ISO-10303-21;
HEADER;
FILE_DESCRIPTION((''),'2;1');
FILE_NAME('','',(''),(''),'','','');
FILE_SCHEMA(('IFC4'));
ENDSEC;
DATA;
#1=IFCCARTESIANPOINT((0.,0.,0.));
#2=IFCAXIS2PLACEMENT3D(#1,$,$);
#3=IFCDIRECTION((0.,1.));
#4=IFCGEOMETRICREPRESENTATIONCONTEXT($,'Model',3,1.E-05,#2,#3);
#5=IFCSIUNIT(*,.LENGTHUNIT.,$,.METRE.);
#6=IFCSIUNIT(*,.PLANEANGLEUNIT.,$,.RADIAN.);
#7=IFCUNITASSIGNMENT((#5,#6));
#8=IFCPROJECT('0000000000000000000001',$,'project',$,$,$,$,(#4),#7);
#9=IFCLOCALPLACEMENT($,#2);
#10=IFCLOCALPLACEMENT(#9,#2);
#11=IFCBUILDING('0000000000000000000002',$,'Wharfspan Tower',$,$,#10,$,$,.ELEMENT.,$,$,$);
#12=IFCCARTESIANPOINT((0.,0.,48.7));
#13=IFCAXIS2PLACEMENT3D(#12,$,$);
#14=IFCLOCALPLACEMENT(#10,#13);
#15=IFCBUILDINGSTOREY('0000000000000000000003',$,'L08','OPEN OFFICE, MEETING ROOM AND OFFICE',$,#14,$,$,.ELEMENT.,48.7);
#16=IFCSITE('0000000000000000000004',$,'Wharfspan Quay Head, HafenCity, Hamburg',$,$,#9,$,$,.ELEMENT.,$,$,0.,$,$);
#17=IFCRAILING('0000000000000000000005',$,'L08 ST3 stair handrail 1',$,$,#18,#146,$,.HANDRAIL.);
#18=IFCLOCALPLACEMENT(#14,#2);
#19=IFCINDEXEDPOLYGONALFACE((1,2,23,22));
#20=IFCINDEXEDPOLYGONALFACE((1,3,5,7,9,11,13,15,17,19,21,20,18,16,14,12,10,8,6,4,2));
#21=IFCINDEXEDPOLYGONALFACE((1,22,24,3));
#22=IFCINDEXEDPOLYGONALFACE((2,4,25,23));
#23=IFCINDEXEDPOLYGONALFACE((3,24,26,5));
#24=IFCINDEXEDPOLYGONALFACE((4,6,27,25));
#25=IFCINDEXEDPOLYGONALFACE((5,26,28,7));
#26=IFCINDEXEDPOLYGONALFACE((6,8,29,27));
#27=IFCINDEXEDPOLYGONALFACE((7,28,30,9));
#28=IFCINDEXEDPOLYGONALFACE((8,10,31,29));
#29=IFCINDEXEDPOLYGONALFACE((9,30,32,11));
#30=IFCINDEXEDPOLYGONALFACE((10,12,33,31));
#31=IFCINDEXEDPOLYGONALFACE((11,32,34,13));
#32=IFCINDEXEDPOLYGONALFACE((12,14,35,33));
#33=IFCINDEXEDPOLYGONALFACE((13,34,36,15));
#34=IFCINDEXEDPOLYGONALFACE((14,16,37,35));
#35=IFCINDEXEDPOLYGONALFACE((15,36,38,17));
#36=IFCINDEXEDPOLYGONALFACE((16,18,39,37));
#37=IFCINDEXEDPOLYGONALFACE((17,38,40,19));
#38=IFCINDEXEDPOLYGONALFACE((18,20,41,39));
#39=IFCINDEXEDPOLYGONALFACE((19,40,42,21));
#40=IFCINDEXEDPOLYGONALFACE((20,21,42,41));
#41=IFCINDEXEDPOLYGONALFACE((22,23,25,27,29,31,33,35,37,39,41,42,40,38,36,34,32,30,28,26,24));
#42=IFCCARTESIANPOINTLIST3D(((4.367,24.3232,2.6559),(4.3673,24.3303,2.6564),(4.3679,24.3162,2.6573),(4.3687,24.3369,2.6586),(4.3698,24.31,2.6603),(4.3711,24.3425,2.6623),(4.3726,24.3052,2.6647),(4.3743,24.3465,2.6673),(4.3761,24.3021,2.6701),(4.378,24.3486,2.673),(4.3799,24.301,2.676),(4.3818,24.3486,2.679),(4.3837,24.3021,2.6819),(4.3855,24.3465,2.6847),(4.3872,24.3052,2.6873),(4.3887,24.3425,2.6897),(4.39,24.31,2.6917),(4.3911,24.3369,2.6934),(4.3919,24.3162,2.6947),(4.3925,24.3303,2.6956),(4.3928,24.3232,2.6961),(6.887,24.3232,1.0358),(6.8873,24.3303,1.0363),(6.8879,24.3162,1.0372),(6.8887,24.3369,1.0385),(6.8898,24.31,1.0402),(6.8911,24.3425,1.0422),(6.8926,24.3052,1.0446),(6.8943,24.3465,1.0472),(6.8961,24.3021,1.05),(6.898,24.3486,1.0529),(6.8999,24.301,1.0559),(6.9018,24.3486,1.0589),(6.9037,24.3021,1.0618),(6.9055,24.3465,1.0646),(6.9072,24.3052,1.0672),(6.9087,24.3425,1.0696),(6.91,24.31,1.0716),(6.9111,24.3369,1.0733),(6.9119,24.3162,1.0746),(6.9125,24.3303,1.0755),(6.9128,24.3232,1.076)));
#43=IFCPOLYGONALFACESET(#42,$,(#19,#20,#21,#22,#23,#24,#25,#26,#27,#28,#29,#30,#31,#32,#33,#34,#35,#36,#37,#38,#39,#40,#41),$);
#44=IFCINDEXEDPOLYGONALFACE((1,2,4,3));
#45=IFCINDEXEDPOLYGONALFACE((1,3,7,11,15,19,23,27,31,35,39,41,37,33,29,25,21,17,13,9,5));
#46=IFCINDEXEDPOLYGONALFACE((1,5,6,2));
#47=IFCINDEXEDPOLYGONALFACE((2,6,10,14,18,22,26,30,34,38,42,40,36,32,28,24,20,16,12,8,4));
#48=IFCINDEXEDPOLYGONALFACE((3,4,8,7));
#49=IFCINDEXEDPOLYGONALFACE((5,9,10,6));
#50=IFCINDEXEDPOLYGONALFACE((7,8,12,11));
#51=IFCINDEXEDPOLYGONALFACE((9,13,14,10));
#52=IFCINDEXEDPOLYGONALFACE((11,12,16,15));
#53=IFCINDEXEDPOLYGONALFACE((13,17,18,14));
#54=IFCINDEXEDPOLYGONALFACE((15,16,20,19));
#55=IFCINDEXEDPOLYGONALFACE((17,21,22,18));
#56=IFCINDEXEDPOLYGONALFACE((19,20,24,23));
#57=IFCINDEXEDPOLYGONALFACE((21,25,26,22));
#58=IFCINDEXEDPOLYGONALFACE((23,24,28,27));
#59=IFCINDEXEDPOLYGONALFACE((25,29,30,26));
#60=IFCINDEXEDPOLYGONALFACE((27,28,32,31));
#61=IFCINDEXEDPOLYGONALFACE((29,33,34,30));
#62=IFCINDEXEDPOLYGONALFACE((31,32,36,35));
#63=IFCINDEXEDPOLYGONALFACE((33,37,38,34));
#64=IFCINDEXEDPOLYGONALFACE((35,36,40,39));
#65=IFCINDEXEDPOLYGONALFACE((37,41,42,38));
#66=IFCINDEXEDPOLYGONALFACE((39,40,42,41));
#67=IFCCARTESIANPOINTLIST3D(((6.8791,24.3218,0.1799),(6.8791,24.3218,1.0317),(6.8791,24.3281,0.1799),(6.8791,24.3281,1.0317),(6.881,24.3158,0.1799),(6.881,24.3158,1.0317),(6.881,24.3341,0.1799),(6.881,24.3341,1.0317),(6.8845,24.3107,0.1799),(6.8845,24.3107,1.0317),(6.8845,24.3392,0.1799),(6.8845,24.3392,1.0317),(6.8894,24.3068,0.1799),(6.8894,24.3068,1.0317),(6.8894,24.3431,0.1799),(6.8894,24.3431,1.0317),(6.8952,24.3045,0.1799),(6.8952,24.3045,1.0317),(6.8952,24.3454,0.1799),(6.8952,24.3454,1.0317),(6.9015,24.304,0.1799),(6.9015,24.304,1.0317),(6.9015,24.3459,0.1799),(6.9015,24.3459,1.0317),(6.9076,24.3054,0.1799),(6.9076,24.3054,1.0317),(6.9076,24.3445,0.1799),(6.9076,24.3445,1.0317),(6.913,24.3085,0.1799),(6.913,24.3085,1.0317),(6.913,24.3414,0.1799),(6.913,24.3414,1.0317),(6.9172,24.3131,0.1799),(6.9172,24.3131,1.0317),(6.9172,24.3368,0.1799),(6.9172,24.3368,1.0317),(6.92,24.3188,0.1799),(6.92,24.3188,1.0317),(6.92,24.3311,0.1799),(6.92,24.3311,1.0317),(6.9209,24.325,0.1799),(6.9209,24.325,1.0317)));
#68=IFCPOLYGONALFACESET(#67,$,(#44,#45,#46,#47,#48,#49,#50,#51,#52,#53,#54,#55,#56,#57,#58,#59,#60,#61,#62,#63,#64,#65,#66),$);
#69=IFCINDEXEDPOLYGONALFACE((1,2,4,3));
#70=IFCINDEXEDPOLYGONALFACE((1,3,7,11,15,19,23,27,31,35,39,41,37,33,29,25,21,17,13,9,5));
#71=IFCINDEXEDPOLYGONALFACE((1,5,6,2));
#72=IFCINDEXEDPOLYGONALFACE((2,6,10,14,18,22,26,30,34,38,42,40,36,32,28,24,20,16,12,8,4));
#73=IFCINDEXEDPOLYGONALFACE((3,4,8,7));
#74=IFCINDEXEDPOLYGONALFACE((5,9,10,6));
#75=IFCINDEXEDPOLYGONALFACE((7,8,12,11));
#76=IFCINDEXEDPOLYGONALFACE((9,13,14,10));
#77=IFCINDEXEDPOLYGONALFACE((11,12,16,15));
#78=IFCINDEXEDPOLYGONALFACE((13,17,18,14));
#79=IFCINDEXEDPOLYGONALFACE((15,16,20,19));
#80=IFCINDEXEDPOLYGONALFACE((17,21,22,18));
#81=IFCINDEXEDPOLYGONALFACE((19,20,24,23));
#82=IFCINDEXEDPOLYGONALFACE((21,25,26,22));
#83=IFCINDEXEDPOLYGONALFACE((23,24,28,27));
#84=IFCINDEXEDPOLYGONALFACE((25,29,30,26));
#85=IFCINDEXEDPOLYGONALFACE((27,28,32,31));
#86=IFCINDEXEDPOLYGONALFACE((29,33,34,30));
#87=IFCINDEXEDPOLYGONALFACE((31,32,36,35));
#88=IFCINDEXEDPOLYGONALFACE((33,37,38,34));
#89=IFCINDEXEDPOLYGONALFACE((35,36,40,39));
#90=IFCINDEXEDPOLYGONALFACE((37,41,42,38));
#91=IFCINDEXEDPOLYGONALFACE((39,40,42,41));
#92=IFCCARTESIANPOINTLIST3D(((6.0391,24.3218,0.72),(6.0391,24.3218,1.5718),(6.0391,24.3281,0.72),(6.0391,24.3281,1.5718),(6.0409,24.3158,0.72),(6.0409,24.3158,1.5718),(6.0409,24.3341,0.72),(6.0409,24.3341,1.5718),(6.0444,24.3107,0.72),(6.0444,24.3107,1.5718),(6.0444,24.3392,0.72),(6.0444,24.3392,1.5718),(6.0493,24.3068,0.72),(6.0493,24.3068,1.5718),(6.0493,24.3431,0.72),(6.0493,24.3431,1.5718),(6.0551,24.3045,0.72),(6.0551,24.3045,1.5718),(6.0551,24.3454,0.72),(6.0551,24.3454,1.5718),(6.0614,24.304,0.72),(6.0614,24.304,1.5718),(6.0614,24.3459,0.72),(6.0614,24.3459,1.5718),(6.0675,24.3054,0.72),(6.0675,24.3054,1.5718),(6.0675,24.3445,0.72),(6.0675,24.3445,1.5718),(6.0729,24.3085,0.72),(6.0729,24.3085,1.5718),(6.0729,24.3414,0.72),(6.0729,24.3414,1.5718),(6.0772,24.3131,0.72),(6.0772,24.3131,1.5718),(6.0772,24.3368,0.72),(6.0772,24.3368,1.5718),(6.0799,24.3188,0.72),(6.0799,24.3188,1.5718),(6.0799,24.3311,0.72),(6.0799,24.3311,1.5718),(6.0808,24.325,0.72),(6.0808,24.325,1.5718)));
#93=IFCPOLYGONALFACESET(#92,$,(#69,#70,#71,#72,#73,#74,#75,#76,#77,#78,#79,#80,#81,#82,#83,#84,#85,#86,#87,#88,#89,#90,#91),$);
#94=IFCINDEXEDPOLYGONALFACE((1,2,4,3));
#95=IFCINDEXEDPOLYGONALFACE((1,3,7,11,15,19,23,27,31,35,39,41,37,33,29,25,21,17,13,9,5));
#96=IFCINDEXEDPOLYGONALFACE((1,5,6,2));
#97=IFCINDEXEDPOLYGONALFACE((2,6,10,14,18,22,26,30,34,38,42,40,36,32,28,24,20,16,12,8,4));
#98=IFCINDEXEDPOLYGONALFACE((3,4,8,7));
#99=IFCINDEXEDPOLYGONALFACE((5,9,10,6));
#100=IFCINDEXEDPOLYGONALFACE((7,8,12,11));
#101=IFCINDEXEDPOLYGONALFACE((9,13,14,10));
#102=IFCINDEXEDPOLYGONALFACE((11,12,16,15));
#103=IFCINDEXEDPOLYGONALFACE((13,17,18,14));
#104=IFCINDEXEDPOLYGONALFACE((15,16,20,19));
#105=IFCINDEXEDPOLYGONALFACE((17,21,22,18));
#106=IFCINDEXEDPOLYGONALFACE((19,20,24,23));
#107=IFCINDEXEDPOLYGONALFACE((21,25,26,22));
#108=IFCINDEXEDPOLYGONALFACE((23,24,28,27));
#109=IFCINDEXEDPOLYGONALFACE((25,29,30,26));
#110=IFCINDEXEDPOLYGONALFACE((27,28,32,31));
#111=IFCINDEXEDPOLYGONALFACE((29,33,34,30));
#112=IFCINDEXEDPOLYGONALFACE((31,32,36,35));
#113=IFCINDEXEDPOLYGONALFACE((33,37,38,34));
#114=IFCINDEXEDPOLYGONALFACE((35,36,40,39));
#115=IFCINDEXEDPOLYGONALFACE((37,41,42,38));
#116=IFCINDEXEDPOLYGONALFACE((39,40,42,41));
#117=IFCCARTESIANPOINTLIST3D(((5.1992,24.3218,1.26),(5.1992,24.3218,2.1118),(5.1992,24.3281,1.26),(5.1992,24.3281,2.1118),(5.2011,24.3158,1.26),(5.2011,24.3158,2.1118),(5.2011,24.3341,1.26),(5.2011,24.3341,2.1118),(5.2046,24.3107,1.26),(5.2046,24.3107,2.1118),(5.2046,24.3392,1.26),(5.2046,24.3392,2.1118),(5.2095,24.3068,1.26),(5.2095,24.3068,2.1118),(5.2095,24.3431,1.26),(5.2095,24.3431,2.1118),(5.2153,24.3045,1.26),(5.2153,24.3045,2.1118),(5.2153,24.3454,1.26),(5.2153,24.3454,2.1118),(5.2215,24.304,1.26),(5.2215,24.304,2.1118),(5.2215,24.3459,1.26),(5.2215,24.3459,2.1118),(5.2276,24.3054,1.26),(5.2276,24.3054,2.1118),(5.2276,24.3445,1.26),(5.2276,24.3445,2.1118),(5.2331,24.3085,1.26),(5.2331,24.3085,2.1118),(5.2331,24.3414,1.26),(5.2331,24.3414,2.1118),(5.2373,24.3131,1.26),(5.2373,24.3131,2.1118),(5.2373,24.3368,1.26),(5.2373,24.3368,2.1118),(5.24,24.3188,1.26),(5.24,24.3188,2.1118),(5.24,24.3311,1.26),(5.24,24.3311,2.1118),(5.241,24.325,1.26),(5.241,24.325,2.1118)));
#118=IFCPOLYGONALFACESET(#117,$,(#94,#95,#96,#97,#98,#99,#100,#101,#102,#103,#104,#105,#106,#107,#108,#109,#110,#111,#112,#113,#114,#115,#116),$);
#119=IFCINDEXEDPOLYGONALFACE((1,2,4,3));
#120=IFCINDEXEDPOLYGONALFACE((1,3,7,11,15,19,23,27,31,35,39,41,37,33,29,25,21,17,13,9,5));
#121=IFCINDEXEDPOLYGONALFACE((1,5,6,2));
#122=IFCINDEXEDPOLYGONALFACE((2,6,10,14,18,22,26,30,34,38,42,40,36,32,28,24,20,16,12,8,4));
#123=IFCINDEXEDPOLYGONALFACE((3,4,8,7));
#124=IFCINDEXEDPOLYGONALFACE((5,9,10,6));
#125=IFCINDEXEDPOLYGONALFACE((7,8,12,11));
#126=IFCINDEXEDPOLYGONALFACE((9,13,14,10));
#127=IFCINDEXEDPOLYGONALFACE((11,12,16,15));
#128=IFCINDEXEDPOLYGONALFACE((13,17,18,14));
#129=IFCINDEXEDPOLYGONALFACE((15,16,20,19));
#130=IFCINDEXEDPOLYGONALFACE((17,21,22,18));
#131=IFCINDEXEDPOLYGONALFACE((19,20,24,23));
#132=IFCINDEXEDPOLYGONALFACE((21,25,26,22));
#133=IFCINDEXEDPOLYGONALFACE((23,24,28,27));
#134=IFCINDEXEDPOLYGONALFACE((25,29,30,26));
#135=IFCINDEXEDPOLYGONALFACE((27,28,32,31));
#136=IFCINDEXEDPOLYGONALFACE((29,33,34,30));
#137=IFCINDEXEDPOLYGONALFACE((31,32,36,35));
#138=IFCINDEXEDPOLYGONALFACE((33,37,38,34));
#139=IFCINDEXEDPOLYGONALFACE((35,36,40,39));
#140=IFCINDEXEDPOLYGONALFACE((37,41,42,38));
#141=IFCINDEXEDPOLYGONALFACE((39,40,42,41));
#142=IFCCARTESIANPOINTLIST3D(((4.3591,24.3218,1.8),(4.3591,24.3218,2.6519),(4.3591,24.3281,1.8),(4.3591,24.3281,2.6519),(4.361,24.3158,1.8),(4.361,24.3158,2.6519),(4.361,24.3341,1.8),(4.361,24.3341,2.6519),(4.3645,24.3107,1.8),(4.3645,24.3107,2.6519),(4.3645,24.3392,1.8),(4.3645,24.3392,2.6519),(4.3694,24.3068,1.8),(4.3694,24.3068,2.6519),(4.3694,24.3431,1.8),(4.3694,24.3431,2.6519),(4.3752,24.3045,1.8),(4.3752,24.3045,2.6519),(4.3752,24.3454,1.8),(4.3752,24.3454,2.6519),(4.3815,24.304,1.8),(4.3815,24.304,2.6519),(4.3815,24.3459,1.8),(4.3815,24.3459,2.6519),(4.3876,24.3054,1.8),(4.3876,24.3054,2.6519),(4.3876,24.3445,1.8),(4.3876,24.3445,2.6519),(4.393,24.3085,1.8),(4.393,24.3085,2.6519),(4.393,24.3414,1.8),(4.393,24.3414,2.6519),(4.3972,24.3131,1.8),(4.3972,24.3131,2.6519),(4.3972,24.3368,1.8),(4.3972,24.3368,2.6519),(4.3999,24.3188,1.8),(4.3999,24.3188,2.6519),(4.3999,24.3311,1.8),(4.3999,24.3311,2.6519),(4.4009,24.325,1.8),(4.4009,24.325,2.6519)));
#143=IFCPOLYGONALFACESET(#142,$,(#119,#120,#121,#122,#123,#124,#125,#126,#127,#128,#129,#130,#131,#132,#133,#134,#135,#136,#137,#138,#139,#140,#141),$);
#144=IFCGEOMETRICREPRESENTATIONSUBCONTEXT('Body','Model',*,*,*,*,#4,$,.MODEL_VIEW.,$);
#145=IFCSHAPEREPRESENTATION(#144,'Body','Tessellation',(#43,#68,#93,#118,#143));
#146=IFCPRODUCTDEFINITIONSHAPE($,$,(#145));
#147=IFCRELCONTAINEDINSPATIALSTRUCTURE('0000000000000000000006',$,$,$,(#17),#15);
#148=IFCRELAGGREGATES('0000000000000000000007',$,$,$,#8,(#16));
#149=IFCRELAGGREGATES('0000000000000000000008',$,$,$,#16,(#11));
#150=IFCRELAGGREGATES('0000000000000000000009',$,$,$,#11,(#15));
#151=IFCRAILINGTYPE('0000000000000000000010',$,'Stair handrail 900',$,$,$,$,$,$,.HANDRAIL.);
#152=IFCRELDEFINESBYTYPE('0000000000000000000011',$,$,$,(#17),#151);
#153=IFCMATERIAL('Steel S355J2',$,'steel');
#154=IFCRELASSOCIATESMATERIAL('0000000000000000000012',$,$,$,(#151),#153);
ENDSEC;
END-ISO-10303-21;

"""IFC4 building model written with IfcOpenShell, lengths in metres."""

from ifc_helpers import new_model, si_unit, direction, frame, origin, origin_2d, place, context, subcontext, project, spatial, circle, extrude, material, type_object, element, save


model = new_model("IFC4")

# Units and contexts
model_context = context("Model", 3, precision=1e-05, world=origin(), true_north=direction((0.0, 1.0)))
body_context = subcontext(model_context, "Body", "Model", "MODEL_VIEW")
ifc_project = project(units=[si_unit("LENGTHUNIT", "METRE"), si_unit("PLANEANGLEUNIT", "RADIAN")], contexts=[model_context])

# Site, building, storey
site_placement = place(None, origin())
site = spatial("IfcSite", under=ifc_project, at=site_placement, Name="Wharfspan Quay Head, HafenCity, Hamburg", CompositionType="ELEMENT", RefElevation=0.0)
building_placement = place(site_placement, origin())
building = spatial("IfcBuilding", under=site, at=building_placement, Name="Wharfspan Tower", CompositionType="ELEMENT")
storey_placement = place(building_placement, frame((0.0, 0.0, 48.7)))
storey = spatial("IfcBuildingStorey", under=building, at=storey_placement, Name="L08", Description="OPEN OFFICE, MEETING ROOM AND OFFICE", CompositionType="ELEMENT", Elevation=48.7)

# Shared definitions
ifc_material_1 = material(Name="Steel S355J2", Category="steel")

# Railing
railing_type_1 = type_object("IfcRailingType", Name="Stair handrail 900", PredefinedType="HANDRAIL", material=ifc_material_1)
railing_1_placement = place(storey_placement, frame((6.8999, 24.325, 0.1799)))
element("IfcRailing", 1, at=railing_1_placement, inside=storey, type_object=railing_type_1, Name="L08 ST3 stair handrail 1", PredefinedType="HANDRAIL", context=body_context, shape_type="SweptSolid", body=[
    extrude(circle(Radius=0.0239, at=origin_2d()), frame((0.0, 0.0, 0.876), z_axis=(-0.841163, 0.0, 0.540782), x_axis=(0.0, -1.0, 0.0)), (0.0, 0.0, 1.0), 2.9958),
    extrude(circle(Radius=0.021, at=origin_2d()), origin(), (0.0, 0.0, 1.0), 0.8518),
    extrude(circle(Radius=0.021, at=origin_2d()), frame((-0.8401, 0.0, 0.54)), (0.0, 0.0, 1.0), 0.8518),
    extrude(circle(Radius=0.021, at=origin_2d()), frame((-1.6799, 0.0, 1.0801)), (0.0, 0.0, 1.0), 0.8518),
    extrude(circle(Radius=0.021, at=origin_2d()), frame((-2.52, 0.0, 1.6201)), (0.0, 0.0, 1.0), 0.8518),
])

save(model, "model.ifc")
